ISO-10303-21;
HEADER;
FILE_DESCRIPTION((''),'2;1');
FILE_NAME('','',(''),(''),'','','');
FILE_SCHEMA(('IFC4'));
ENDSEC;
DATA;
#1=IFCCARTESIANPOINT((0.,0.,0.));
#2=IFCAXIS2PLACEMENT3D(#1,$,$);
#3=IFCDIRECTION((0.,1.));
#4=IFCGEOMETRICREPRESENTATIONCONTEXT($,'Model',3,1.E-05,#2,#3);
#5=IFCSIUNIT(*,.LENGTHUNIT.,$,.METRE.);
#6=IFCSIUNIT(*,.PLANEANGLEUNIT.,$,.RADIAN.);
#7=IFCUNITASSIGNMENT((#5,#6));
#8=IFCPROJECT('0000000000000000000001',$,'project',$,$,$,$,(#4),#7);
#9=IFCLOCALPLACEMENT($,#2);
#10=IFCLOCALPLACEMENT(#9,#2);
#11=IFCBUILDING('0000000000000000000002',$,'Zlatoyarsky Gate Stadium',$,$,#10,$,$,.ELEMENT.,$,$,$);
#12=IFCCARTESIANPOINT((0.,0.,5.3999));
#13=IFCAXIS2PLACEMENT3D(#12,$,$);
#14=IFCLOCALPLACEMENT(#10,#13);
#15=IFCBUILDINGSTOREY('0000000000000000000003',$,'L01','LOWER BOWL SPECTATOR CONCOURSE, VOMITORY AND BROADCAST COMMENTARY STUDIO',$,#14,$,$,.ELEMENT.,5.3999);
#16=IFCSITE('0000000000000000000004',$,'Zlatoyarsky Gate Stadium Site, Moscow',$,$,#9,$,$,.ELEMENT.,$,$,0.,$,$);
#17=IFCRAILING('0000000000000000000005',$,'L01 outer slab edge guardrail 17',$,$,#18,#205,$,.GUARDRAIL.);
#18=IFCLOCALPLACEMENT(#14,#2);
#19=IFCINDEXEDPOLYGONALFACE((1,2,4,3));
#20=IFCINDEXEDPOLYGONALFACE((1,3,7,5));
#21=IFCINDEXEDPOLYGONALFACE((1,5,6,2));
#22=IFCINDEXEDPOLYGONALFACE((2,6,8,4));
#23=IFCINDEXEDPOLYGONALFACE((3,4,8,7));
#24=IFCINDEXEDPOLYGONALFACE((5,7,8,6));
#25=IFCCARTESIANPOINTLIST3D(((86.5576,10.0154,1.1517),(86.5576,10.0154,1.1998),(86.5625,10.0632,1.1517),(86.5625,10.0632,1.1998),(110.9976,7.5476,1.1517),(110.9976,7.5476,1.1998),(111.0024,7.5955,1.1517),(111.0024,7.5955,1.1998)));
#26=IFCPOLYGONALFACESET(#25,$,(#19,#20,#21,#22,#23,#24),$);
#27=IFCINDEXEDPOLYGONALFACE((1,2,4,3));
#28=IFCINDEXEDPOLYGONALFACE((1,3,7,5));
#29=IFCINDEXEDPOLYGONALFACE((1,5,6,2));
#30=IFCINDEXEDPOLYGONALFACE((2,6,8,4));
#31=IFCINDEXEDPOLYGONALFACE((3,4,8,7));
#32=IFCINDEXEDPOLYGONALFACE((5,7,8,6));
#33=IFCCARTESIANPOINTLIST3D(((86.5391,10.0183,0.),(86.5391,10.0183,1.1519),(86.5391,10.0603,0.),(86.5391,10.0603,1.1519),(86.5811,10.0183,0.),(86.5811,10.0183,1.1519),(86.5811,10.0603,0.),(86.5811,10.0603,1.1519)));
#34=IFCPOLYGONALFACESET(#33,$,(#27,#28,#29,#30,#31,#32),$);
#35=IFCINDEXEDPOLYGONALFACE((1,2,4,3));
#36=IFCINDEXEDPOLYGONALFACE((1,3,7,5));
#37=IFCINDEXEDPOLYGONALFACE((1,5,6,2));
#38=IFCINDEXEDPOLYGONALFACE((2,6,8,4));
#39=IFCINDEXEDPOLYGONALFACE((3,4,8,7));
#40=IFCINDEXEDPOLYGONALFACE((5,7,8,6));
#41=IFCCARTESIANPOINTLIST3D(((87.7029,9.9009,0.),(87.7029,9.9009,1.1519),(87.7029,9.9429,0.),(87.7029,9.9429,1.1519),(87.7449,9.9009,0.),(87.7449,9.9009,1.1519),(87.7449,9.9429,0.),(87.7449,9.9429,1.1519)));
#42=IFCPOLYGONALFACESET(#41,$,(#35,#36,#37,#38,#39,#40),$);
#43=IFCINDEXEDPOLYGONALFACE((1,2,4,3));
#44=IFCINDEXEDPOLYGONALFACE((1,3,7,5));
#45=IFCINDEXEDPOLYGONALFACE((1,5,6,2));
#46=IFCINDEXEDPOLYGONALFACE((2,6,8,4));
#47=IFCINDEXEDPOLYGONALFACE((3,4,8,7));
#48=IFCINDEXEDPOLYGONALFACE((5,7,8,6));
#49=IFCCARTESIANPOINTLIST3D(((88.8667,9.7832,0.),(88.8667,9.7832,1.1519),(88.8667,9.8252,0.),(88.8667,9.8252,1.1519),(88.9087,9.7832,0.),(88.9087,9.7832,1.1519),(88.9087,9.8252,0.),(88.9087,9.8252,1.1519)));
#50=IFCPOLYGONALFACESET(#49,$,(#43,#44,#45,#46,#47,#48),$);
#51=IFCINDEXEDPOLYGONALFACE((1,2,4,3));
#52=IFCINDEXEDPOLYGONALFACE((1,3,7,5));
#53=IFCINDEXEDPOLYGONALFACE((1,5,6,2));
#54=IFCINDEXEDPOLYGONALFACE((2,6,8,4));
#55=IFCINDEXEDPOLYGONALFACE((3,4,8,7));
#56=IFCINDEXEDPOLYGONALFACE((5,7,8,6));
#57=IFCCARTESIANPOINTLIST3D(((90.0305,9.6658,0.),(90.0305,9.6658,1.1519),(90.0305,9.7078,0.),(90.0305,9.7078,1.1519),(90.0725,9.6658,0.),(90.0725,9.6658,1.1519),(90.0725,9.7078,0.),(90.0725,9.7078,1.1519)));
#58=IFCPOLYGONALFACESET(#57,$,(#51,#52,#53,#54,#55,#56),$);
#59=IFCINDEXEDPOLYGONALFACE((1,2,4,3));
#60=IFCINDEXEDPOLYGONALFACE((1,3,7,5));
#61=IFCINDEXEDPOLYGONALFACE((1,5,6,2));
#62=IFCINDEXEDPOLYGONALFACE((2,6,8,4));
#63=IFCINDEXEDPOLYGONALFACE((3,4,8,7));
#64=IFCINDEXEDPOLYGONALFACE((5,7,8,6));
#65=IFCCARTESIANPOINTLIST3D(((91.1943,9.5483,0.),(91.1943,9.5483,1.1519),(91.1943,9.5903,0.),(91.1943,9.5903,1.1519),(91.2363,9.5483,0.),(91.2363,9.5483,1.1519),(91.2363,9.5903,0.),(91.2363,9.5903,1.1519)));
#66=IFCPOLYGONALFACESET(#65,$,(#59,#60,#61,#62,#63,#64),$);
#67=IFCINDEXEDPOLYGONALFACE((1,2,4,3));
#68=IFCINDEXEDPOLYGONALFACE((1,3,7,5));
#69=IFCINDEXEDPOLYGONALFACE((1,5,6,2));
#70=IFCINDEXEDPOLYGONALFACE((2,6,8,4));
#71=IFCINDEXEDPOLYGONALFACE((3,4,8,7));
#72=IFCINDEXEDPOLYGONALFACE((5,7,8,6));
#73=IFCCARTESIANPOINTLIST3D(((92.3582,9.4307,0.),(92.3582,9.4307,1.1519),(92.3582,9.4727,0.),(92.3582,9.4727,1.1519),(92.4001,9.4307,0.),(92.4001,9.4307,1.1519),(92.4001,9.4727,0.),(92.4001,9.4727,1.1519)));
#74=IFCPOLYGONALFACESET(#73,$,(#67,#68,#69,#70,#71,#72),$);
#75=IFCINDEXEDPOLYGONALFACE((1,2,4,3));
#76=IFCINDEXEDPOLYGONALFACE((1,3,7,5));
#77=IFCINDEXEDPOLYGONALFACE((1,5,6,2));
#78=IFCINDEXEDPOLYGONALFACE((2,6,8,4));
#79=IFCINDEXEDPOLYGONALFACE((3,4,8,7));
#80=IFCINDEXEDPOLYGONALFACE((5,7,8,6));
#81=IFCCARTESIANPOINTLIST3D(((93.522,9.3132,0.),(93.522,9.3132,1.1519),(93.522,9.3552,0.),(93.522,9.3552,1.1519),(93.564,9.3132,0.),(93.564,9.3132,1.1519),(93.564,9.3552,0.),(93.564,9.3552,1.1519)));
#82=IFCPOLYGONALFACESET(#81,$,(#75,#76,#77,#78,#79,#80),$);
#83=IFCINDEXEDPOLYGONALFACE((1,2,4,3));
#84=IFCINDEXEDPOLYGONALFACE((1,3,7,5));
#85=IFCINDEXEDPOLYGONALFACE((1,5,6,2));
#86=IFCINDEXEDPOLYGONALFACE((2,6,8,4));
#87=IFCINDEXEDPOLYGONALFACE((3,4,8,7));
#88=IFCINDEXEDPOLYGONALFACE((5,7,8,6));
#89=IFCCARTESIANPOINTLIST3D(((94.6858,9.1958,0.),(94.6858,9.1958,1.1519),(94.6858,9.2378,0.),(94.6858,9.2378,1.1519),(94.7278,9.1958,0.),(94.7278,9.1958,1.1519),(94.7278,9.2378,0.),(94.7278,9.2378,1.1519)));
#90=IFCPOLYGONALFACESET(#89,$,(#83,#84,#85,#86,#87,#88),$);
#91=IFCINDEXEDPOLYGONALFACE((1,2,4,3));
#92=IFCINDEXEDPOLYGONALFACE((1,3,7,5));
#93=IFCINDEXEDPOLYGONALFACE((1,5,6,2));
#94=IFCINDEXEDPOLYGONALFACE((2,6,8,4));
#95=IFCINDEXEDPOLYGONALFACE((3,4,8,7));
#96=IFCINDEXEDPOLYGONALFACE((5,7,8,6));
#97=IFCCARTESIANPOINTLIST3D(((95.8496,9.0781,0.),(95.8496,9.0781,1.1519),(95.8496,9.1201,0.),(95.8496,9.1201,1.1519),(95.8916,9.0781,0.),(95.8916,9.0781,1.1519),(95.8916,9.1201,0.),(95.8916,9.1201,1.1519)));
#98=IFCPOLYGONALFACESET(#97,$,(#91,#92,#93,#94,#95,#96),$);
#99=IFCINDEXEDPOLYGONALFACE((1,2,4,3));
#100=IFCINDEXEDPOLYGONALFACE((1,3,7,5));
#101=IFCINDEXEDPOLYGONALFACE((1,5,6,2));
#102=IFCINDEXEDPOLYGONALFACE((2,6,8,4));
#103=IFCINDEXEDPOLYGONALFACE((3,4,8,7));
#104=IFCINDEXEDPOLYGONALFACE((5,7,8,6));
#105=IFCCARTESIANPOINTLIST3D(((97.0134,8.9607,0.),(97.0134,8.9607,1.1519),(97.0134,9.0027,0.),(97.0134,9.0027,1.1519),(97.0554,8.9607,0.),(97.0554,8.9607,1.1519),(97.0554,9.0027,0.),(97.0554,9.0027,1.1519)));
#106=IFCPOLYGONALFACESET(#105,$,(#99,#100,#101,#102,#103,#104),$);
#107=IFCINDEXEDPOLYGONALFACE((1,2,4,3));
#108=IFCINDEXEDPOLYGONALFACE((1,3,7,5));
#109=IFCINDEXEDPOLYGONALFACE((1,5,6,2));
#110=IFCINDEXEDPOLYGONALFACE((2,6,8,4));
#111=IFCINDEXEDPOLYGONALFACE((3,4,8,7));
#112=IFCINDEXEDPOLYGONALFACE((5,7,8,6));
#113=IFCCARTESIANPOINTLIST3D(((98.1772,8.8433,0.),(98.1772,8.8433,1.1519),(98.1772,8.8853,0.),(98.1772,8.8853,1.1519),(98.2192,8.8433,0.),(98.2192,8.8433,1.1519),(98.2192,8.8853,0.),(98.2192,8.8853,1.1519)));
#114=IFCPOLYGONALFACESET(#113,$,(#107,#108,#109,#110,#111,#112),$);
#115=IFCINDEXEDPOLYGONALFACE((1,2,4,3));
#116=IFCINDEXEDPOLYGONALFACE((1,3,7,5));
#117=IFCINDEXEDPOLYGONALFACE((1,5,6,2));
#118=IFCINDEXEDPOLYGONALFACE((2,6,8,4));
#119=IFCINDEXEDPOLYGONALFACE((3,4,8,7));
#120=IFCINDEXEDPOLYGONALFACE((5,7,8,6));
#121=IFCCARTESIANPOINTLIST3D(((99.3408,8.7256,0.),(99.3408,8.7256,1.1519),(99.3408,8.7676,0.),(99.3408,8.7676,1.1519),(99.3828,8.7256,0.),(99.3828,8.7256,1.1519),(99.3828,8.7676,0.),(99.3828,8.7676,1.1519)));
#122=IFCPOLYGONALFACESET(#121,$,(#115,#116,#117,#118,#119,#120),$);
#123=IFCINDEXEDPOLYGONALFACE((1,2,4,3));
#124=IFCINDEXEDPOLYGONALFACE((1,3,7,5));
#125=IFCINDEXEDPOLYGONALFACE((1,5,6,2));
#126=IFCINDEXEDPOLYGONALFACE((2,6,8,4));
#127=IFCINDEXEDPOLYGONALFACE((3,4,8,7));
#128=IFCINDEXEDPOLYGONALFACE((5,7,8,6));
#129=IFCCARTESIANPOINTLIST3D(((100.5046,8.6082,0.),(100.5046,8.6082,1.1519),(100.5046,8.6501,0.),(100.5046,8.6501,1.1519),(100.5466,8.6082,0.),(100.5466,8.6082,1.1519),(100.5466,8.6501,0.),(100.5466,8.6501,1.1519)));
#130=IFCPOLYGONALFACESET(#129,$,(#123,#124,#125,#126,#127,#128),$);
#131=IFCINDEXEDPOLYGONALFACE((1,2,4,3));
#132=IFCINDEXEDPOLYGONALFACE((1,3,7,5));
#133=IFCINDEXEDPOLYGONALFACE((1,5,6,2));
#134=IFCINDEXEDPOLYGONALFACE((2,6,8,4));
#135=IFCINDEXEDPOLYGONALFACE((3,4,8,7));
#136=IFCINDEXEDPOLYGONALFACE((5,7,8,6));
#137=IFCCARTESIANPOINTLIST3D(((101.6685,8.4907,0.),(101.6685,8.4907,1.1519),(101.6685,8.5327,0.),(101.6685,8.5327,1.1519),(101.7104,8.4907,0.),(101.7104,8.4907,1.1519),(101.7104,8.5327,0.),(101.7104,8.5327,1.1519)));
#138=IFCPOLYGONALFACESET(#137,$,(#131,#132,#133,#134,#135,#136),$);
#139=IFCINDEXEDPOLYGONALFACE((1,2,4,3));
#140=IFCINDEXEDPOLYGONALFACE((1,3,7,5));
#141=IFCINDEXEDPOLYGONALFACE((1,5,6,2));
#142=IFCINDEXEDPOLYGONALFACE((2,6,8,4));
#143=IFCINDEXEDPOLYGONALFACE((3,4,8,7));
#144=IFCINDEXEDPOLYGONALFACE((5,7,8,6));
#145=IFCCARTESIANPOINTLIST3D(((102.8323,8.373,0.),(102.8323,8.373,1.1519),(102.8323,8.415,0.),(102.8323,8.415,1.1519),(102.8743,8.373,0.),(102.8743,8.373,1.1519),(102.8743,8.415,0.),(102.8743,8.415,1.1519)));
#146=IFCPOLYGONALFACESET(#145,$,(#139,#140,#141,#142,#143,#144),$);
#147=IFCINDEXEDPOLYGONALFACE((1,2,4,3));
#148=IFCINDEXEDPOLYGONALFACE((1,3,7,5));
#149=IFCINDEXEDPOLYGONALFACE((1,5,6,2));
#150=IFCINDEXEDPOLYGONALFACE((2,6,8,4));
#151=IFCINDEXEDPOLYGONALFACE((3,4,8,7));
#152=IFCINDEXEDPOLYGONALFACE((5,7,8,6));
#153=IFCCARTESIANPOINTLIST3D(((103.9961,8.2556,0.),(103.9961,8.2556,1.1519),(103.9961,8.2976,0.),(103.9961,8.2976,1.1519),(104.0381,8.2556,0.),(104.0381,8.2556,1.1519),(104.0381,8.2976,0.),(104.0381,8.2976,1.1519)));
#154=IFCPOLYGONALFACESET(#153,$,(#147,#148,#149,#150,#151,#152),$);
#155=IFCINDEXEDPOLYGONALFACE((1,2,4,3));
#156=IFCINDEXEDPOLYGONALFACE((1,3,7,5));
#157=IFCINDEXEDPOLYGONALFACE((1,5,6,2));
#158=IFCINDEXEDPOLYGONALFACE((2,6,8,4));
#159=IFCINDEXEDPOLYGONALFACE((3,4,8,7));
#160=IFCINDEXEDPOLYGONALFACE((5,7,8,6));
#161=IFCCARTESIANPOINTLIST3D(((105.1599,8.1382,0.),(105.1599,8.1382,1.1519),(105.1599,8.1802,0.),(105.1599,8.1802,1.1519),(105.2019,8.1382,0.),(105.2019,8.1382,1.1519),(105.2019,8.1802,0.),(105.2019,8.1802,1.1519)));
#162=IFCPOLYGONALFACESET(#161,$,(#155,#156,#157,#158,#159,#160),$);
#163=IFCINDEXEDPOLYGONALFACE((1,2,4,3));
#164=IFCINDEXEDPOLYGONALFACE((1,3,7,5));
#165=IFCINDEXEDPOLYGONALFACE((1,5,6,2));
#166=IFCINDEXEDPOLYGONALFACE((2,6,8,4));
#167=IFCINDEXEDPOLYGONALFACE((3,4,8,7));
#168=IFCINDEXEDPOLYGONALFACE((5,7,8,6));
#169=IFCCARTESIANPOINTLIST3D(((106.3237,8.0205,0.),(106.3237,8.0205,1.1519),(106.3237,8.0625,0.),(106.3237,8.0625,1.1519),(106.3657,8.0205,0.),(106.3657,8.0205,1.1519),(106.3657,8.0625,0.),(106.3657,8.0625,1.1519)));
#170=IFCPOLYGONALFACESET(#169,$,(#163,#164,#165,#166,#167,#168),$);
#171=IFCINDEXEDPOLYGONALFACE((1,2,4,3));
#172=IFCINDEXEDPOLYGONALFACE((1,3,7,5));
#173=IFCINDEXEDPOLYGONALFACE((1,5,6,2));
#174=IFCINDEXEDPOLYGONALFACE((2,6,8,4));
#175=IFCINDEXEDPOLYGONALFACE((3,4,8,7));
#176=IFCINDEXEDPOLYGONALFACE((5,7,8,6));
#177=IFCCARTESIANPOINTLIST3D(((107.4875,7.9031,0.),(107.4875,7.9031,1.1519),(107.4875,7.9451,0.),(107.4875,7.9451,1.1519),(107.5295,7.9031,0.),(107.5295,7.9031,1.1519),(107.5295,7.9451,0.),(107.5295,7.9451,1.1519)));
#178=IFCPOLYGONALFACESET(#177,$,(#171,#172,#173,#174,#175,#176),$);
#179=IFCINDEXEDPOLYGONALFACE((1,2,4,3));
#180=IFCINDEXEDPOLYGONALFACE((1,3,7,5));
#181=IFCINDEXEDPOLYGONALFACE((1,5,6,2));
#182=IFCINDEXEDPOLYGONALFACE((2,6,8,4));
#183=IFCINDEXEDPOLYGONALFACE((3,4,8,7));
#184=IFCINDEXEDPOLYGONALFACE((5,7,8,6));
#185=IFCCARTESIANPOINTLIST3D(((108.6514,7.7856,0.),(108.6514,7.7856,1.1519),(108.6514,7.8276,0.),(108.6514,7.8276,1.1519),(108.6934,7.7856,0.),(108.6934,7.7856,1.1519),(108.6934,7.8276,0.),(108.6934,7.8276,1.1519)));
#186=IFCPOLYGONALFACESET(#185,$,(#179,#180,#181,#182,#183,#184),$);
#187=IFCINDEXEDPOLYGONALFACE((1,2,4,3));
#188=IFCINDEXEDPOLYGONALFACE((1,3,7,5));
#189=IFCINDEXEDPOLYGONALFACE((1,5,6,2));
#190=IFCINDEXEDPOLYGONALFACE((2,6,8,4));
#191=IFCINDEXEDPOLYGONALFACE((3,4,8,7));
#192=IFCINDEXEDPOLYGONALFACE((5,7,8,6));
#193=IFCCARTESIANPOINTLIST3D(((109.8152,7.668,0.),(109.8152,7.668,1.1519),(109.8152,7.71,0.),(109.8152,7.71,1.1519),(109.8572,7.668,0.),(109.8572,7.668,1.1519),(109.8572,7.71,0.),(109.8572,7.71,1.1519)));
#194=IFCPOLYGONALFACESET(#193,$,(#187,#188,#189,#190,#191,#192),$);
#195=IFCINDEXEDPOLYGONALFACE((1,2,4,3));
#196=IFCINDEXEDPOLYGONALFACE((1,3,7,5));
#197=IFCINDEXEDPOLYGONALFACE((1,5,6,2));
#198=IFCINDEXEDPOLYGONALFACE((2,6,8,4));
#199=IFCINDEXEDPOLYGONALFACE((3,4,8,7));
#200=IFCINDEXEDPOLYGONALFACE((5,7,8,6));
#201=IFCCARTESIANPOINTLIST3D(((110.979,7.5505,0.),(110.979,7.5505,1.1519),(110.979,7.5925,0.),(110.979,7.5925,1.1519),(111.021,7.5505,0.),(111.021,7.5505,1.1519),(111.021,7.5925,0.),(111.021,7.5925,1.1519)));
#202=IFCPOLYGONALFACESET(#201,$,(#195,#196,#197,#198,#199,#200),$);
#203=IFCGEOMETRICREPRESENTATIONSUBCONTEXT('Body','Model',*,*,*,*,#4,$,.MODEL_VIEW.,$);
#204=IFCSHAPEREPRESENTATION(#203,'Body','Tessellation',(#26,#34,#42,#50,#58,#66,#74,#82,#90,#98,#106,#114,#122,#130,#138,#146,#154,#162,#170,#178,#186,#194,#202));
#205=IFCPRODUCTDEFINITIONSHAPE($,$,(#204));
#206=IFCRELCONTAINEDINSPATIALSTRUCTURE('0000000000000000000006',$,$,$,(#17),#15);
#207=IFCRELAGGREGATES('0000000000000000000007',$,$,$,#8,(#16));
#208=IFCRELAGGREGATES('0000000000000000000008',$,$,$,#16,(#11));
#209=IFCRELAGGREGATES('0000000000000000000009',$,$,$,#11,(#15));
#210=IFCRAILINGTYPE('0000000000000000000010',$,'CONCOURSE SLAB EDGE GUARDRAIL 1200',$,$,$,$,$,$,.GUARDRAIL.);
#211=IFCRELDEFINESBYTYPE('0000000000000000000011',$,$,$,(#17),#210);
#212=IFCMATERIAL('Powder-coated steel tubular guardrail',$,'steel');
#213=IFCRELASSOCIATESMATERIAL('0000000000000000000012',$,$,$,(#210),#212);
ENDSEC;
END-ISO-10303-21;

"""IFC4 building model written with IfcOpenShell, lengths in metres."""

from ifc_helpers import new_model, si_unit, direction, frame, origin, origin_2d, place, context, subcontext, project, spatial, rectangle, extrude, material, type_object, element, save


model = new_model("IFC4")

# Units and contexts
model_context = context("Model", 3, precision=1e-05, world=origin(), true_north=direction((0.0, 1.0)))
body_context = subcontext(model_context, "Body", "Model", "MODEL_VIEW")
ifc_project = project(units=[si_unit("LENGTHUNIT", "METRE"), si_unit("PLANEANGLEUNIT", "RADIAN")], contexts=[model_context])

# Site, building, storey
site_placement = place(None, origin())
site = spatial("IfcSite", under=ifc_project, at=site_placement, Name="Zlatoyarsky Gate Stadium Site, Moscow", CompositionType="ELEMENT", RefElevation=0.0)
building_placement = place(site_placement, origin())
building = spatial("IfcBuilding", under=site, at=building_placement, Name="Zlatoyarsky Gate Stadium", CompositionType="ELEMENT")
storey_placement = place(building_placement, frame((0.0, 0.0, 5.3999)))
storey = spatial("IfcBuildingStorey", under=building, at=storey_placement, Name="L01", Description="LOWER BOWL SPECTATOR CONCOURSE, VOMITORY AND BROADCAST COMMENTARY STUDIO", CompositionType="ELEMENT", Elevation=5.3999)

# Railing
ifc_material_1 = material(Name="Powder-coated steel tubular guardrail", Category="steel")
railing_type = type_object("IfcRailingType", Name="CONCOURSE SLAB EDGE GUARDRAIL 1200", PredefinedType="GUARDRAIL", material=ifc_material_1)
railing_placement = place(storey_placement, frame((86.5601, 10.0393, 0.0)))
element("IfcRailing", 1, at=railing_placement, inside=storey, type_object=railing_type, Name="L01 outer slab edge guardrail 17", PredefinedType="GUARDRAIL", context=body_context, shape_type="SweptSolid", body=[
    extrude(rectangle(XDim=0.0481, YDim=0.0481, at=origin_2d()), frame((0.0, 0.0, 1.1758), z_axis=(0.994941, -0.100462, 0.0), x_axis=(0.100462, 0.994941, 0.0)), (0.0, 0.0, 1.0), 24.5642),
    extrude(rectangle(XDim=0.042, YDim=0.042, at=origin_2d()), origin(), (0.0, 0.0, 1.0), 1.1519),
    extrude(rectangle(XDim=0.042, YDim=0.042, at=origin_2d()), frame((1.1638, -0.1174, 0.0)), (0.0, 0.0, 1.0), 1.1519),
    extrude(rectangle(XDim=0.042, YDim=0.042, at=origin_2d()), frame((2.3276, -0.2351, 0.0)), (0.0, 0.0, 1.0), 1.1519),
    extrude(rectangle(XDim=0.042, YDim=0.042, at=origin_2d()), frame((3.4915, -0.3525, 0.0)), (0.0, 0.0, 1.0), 1.1519),
    extrude(rectangle(XDim=0.042, YDim=0.042, at=origin_2d()), frame((4.6553, -0.47, 0.0)), (0.0, 0.0, 1.0), 1.1519),
    extrude(rectangle(XDim=0.042, YDim=0.042, at=origin_2d()), frame((5.8191, -0.5876, 0.0)), (0.0, 0.0, 1.0), 1.1519),
    extrude(rectangle(XDim=0.042, YDim=0.042, at=origin_2d()), frame((6.9829, -0.7051, 0.0)), (0.0, 0.0, 1.0), 1.1519),
    extrude(rectangle(XDim=0.042, YDim=0.042, at=origin_2d()), frame((8.1467, -0.8225, 0.0)), (0.0, 0.0, 1.0), 1.1519),
    extrude(rectangle(XDim=0.042, YDim=0.042, at=origin_2d()), frame((9.3105, -0.9402, 0.0)), (0.0, 0.0, 1.0), 1.1519),
    extrude(rectangle(XDim=0.042, YDim=0.042, at=origin_2d()), frame((10.4744, -1.0576, 0.0)), (0.0, 0.0, 1.0), 1.1519),
    extrude(rectangle(XDim=0.042, YDim=0.042, at=origin_2d()), frame((11.6382, -1.175, 0.0)), (0.0, 0.0, 1.0), 1.1519),
    extrude(rectangle(XDim=0.042, YDim=0.042, at=origin_2d()), frame((12.8018, -1.2927, 0.0)), (0.0, 0.0, 1.0), 1.1519),
    extrude(rectangle(XDim=0.042, YDim=0.042, at=origin_2d()), frame((13.9656, -1.4102, 0.0)), (0.0, 0.0, 1.0), 1.1519),
    extrude(rectangle(XDim=0.042, YDim=0.042, at=origin_2d()), frame((15.1294, -1.5276, 0.0)), (0.0, 0.0, 1.0), 1.1519),
    extrude(rectangle(XDim=0.042, YDim=0.042, at=origin_2d()), frame((16.2932, -1.6453, 0.0)), (0.0, 0.0, 1.0), 1.1519),
    extrude(rectangle(XDim=0.042, YDim=0.042, at=origin_2d()), frame((17.457, -1.7627, 0.0)), (0.0, 0.0, 1.0), 1.1519),
    extrude(rectangle(XDim=0.042, YDim=0.042, at=origin_2d()), frame((18.6208, -1.8801, 0.0)), (0.0, 0.0, 1.0), 1.1519),
    extrude(rectangle(XDim=0.042, YDim=0.042, at=origin_2d()), frame((19.7847, -1.9978, 0.0)), (0.0, 0.0, 1.0), 1.1519),
    extrude(rectangle(XDim=0.042, YDim=0.042, at=origin_2d()), frame((20.9485, -2.1152, 0.0)), (0.0, 0.0, 1.0), 1.1519),
    extrude(rectangle(XDim=0.042, YDim=0.042, at=origin_2d()), frame((22.1123, -2.2327, 0.0)), (0.0, 0.0, 1.0), 1.1519),
    extrude(rectangle(XDim=0.042, YDim=0.042, at=origin_2d()), frame((23.2761, -2.3503, 0.0)), (0.0, 0.0, 1.0), 1.1519),
    extrude(rectangle(XDim=0.042, YDim=0.042, at=origin_2d()), frame((24.4399, -2.4678, 0.0)), (0.0, 0.0, 1.0), 1.1519),
])

save(model, "model.ifc")
